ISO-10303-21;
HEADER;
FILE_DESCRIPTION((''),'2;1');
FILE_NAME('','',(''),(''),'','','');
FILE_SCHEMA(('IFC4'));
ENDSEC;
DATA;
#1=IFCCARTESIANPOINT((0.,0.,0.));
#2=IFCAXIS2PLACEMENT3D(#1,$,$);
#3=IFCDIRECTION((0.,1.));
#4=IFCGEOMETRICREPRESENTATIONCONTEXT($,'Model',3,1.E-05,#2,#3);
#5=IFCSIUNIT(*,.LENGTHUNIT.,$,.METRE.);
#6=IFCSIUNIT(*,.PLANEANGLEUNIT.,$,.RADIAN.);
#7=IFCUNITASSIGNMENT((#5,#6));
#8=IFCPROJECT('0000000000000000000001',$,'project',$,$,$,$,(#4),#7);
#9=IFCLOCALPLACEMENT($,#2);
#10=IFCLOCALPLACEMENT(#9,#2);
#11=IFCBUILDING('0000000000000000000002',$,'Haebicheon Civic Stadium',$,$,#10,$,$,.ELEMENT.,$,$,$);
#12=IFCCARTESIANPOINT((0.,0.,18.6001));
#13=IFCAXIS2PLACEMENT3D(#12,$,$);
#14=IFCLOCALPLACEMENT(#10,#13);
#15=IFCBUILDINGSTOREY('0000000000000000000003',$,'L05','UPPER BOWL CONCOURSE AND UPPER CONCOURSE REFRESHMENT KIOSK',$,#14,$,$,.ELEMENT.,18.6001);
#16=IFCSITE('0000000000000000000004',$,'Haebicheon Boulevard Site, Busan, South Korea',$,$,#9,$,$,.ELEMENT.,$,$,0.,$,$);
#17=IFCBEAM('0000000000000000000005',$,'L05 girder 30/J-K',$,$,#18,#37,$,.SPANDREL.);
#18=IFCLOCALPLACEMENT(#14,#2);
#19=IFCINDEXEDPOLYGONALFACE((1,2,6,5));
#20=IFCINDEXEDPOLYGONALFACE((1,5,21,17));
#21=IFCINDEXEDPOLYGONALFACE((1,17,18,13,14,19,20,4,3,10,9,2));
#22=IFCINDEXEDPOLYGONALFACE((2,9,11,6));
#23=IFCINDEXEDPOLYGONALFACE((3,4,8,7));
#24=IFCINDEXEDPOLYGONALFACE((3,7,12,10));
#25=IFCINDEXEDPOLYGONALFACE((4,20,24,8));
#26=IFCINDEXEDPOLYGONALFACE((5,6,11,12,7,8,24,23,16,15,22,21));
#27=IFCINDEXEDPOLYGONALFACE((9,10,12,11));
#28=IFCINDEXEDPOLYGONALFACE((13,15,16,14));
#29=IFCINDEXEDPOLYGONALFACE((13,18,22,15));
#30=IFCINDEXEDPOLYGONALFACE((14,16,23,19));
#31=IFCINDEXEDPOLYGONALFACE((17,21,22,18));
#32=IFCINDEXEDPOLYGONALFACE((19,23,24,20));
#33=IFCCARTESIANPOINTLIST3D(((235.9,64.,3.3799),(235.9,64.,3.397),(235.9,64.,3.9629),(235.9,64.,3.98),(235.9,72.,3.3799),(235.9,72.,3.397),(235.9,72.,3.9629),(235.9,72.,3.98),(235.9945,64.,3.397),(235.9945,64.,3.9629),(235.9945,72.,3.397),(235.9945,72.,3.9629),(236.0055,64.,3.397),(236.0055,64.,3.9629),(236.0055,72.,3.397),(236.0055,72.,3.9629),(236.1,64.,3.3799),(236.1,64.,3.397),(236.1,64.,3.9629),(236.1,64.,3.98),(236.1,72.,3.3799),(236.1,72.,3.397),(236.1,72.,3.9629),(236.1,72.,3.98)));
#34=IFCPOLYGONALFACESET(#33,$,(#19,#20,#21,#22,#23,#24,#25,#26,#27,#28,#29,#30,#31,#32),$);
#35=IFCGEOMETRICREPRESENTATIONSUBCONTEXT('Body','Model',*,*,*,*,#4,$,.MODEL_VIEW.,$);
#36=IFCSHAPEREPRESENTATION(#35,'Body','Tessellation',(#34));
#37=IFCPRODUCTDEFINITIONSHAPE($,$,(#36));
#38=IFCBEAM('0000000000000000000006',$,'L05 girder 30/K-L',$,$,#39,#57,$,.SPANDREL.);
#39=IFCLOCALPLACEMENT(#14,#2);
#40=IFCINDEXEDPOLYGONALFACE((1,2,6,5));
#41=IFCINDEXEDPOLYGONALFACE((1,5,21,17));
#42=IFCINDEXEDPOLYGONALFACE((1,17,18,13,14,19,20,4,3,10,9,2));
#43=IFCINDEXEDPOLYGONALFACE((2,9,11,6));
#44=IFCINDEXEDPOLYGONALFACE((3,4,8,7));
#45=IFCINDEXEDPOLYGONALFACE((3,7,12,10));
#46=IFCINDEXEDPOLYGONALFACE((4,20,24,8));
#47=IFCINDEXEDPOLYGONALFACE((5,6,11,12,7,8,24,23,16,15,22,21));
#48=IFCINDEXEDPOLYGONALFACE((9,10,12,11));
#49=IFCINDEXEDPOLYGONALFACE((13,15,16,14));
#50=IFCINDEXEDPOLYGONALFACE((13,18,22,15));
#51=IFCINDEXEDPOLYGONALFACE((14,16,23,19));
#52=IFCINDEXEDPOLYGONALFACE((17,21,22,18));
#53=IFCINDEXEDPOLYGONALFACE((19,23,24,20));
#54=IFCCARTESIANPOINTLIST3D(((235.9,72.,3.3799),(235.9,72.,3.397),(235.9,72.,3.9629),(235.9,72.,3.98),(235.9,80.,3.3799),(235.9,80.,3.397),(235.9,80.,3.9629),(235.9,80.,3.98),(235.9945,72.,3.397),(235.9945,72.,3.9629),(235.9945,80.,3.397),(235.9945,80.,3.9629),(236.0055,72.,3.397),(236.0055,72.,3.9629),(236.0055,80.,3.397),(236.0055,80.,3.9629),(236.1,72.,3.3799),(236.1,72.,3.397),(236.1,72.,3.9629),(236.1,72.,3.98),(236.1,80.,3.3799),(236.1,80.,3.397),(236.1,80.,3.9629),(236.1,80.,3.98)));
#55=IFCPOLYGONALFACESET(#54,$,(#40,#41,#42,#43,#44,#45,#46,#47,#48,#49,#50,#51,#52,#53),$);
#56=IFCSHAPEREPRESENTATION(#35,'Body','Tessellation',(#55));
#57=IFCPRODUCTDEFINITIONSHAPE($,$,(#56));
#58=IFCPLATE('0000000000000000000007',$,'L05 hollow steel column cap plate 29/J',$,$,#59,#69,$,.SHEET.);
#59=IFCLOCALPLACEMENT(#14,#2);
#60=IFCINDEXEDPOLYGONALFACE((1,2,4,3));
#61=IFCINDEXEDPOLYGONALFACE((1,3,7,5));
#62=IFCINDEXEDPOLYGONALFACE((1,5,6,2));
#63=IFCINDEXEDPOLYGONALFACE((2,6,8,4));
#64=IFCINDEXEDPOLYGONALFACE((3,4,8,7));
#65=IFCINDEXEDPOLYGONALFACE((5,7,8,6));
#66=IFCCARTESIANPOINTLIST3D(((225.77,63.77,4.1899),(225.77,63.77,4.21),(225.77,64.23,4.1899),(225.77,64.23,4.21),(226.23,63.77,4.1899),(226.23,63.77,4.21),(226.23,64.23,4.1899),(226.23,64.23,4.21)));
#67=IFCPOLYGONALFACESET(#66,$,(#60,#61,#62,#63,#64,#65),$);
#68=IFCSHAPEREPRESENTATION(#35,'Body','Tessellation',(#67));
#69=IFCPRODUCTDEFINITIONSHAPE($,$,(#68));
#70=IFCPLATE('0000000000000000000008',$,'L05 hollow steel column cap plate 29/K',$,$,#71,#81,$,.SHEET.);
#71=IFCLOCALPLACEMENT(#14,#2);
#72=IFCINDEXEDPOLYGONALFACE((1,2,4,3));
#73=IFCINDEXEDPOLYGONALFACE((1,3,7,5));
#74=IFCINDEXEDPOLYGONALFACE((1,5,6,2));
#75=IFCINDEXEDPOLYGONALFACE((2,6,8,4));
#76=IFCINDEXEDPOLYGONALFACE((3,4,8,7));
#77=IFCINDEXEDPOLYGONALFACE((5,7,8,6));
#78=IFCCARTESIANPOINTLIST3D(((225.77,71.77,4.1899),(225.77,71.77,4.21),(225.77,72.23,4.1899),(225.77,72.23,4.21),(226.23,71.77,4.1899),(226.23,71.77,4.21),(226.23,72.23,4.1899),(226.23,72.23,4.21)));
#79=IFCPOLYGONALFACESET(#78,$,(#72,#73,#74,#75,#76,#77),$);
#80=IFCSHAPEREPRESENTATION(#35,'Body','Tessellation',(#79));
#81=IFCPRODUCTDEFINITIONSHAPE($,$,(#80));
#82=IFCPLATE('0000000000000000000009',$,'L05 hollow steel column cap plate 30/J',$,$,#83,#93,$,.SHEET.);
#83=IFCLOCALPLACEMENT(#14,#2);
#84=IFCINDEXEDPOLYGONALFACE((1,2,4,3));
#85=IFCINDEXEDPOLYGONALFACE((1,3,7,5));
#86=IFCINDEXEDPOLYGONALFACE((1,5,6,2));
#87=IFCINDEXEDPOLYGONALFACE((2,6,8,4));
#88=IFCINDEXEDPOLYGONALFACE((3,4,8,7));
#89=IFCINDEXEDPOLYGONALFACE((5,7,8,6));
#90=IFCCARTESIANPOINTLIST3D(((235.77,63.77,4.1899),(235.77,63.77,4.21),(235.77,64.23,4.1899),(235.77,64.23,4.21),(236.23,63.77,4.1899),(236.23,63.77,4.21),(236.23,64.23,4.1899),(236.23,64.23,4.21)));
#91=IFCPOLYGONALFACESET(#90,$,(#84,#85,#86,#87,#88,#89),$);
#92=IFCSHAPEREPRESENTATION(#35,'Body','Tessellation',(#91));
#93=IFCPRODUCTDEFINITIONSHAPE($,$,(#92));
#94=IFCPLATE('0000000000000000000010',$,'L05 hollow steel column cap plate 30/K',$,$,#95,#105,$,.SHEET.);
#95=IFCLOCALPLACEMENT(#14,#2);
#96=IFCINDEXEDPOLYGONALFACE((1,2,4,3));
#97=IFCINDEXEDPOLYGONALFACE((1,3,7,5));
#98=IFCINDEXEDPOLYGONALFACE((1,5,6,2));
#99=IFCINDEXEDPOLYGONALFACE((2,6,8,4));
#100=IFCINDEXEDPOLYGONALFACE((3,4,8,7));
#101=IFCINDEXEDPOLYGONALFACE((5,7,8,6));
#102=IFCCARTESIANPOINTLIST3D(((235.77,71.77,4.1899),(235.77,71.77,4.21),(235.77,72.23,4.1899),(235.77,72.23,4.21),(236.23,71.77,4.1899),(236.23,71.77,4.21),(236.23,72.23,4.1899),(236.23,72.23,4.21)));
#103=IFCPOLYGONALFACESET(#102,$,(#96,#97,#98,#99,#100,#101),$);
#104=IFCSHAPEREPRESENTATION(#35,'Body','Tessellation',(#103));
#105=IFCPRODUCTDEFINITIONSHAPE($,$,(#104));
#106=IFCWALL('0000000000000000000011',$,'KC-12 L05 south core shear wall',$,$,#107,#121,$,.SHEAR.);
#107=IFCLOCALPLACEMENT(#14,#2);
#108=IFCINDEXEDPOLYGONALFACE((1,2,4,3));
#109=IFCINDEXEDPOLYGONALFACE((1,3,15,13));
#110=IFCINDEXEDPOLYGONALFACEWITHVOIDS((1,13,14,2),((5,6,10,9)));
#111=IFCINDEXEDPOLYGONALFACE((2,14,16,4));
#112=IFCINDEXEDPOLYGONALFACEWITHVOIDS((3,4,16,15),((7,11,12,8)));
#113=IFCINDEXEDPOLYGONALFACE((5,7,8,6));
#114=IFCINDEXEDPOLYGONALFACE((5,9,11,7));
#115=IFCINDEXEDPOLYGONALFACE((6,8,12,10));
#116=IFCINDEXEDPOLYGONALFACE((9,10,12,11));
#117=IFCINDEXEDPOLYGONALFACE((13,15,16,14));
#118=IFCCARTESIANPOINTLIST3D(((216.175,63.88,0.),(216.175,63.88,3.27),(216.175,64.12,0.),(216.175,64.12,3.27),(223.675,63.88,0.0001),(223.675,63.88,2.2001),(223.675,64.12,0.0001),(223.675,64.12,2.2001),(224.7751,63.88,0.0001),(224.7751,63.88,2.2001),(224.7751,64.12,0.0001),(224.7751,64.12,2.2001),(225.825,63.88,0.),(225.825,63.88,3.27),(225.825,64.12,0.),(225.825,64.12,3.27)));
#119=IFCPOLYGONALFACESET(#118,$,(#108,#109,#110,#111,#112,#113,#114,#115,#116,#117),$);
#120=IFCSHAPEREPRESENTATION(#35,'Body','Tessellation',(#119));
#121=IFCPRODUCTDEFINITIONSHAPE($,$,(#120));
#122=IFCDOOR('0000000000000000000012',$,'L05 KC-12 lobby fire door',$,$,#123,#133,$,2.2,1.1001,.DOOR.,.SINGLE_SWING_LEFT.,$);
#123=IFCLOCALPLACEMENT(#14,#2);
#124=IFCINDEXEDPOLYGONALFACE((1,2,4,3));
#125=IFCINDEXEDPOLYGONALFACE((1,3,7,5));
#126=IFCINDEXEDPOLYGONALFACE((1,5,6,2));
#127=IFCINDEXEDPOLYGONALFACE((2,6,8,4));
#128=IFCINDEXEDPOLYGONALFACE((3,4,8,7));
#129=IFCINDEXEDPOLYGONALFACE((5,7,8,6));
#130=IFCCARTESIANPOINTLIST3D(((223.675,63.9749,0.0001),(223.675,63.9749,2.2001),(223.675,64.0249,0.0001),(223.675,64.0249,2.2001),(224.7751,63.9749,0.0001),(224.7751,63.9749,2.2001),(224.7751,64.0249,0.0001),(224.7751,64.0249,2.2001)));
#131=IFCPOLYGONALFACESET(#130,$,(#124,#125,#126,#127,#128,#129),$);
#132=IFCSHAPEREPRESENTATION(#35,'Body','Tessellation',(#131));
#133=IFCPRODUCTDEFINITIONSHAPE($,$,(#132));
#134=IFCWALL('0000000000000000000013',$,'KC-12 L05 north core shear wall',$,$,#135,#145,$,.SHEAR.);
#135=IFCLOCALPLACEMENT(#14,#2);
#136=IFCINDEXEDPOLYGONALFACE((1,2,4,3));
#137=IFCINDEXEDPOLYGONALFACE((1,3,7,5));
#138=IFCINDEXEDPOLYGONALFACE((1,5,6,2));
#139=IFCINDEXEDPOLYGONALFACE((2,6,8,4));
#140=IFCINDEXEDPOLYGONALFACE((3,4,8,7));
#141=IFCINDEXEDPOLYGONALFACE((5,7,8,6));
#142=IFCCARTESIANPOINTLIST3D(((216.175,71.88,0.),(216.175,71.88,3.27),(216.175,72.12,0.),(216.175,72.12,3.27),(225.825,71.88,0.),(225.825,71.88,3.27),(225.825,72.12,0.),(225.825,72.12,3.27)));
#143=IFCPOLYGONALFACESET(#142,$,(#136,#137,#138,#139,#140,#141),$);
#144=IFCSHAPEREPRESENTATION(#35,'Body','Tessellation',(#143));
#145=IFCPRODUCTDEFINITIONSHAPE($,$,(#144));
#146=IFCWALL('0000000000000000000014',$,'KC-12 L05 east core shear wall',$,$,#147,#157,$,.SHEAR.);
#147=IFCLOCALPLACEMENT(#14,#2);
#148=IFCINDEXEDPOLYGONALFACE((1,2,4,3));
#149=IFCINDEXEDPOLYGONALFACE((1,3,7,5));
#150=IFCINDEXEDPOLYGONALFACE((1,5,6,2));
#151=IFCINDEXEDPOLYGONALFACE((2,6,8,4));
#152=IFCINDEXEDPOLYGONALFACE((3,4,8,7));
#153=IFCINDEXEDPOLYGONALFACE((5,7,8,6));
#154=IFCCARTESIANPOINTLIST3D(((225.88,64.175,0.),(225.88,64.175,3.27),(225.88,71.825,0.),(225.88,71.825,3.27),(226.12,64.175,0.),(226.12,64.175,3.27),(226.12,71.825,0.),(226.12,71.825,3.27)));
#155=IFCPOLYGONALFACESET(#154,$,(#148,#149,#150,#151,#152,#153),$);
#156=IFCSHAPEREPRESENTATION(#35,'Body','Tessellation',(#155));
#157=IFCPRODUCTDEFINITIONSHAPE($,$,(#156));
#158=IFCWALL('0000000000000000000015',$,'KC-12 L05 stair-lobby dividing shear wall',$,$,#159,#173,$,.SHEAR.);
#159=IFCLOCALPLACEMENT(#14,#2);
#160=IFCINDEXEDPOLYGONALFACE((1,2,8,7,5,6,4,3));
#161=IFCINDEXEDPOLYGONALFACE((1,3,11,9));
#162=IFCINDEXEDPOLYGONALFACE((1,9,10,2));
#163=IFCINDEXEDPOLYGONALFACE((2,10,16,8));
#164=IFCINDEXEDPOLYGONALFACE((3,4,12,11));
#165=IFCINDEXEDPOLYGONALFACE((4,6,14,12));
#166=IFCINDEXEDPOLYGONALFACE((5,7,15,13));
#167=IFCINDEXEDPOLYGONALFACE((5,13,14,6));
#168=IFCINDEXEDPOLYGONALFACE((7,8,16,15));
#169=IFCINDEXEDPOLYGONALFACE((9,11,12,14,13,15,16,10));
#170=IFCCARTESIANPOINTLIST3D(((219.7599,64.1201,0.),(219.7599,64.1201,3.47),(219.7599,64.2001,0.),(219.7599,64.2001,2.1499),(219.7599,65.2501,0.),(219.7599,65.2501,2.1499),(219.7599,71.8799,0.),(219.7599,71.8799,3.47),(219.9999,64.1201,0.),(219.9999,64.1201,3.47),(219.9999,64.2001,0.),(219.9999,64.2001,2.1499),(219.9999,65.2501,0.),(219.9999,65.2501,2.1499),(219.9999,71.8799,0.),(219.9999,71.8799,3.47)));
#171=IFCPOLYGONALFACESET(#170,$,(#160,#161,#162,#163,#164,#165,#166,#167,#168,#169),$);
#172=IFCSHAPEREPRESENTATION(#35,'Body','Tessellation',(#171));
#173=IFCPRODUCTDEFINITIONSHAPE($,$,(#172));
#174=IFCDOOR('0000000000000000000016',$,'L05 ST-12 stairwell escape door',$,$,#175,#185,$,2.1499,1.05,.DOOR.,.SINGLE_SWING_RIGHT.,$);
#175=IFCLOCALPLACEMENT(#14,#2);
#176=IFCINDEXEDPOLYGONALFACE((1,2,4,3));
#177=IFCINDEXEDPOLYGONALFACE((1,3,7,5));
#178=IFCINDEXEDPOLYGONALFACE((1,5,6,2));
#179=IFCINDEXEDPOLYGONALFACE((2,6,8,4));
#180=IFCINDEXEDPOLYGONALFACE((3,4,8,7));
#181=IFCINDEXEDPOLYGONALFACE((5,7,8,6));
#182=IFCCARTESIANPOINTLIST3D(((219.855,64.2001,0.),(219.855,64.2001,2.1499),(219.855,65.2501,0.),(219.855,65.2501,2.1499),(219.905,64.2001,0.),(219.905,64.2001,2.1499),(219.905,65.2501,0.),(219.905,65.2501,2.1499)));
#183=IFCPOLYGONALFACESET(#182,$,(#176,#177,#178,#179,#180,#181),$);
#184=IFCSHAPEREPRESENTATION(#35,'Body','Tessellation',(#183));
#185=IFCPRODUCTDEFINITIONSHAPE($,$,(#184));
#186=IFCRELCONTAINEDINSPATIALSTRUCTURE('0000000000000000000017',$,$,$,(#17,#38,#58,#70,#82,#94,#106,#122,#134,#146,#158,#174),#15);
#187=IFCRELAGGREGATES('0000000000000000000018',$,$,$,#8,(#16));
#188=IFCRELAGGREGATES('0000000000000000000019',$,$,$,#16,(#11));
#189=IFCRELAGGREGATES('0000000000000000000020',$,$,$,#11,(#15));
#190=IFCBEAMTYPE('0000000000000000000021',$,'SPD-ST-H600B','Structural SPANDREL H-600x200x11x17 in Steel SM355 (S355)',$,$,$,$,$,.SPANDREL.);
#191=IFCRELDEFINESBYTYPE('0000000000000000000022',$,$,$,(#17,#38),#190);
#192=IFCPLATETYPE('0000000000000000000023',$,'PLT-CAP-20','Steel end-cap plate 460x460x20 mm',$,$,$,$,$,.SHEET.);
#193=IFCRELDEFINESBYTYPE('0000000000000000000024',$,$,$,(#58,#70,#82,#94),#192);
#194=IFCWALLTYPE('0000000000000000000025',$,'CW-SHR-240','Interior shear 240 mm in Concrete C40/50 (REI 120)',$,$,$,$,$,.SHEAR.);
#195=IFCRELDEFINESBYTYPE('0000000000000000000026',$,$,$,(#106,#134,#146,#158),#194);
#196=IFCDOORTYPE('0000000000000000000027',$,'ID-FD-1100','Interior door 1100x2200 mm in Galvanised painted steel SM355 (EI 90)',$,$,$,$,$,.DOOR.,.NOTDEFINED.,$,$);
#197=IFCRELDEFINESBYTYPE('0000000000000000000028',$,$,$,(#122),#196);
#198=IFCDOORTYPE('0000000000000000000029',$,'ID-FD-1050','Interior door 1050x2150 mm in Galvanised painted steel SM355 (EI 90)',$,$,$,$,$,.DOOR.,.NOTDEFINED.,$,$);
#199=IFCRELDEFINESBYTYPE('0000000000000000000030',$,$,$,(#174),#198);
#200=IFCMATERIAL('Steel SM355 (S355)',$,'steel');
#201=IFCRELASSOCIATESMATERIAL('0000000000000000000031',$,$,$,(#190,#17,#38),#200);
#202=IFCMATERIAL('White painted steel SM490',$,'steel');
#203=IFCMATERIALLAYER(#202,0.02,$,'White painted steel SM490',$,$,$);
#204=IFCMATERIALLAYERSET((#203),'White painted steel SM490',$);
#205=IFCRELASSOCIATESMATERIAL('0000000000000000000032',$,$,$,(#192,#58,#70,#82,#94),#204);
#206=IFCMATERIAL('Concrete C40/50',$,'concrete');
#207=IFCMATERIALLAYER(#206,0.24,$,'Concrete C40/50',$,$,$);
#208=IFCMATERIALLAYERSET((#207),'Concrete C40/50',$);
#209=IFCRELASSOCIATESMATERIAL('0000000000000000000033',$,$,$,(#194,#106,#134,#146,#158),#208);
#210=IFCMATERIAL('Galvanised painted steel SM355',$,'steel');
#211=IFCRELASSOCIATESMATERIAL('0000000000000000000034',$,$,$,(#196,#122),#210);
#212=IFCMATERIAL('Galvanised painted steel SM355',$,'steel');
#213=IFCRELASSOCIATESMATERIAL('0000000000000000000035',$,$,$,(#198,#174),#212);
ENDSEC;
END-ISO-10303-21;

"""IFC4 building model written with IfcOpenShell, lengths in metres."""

from ifc_helpers import new_model, si_unit, direction, frame, frame_2d, origin, origin_2d, place, context, subcontext, project, spatial, rectangle, i_section, extrude, material, layer, layer_set, material_profile, profile_set, type_object, element, fill, save


model = new_model("IFC4")

# Units and contexts
model_context = context("Model", 3, precision=1e-05, world=origin(), true_north=direction((0.0, 1.0)))
body_context = subcontext(model_context, "Body", "Model", "MODEL_VIEW")
ifc_project = project(units=[si_unit("LENGTHUNIT", "METRE"), si_unit("PLANEANGLEUNIT", "RADIAN")], contexts=[model_context])

# Site, building, storey
site_placement = place(None, origin())
site = spatial("IfcSite", under=ifc_project, at=site_placement, Name="Haebicheon Boulevard Site, Busan, South Korea", CompositionType="ELEMENT", RefElevation=0.0)
building_placement = place(site_placement, origin())
building = spatial("IfcBuilding", under=site, at=building_placement, Name="Haebicheon Civic Stadium", CompositionType="ELEMENT")
storey_placement = place(building_placement, frame((0.0, 0.0, 18.6001)))
storey = spatial("IfcBuildingStorey", under=building, at=storey_placement, Name="L05", Description="UPPER BOWL CONCOURSE AND UPPER CONCOURSE REFRESHMENT KIOSK", CompositionType="ELEMENT", Elevation=18.6001)

# Beams
ifc_material_1 = material(Name="Steel SM355 (S355)", Category="steel")
ifc_material_profile_1 = material_profile(ifc_material_1, i_section(OverallWidth=0.2, OverallDepth=0.6001, WebThickness=0.011, FlangeThickness=0.0171, at=origin_2d()), Name="H-600x200x11x17")
ifc_profile_set_1 = profile_set([ifc_material_profile_1], Name="Steel SM355 (S355)")
beam_type_1 = type_object("IfcBeamType", Name="SPD-ST-H600B", Description="Structural SPANDREL H-600x200x11x17 in Steel SM355 (S355)", PredefinedType="SPANDREL", material=ifc_profile_set_1)
for number, where, z_axis, x_axis, name in (
    (1, (236.0, 64.0, 3.6799), (0.0, 1.0, 0.0), (-1.0, 0.0, 0.0), "L05 girder 30/J-K"),
    (2, (236.0, 72.0, 3.6799), (0.0, 1.0, 0.0), (-1.0, 0.0, 0.0), "L05 girder 30/K-L"),
):
    element("IfcBeam", number, at=place(storey_placement, frame(where, z_axis=z_axis, x_axis=x_axis)), inside=storey, type_object=beam_type_1, material=ifc_profile_set_1, Name=name, PredefinedType="SPANDREL", context=body_context, shape_type="SweptSolid", body=[
        extrude(i_section(OverallWidth=0.2, OverallDepth=0.6001, WebThickness=0.011, FlangeThickness=0.0171, at=origin_2d()), origin(), (0.0, 0.0, 1.0), 8.0),
    ])

# Plates
ifc_material_2 = material(Name="White painted steel SM490", Category="steel")
ifc_layer_1 = layer(ifc_material_2, 0.02, Name="White painted steel SM490")
ifc_layer_set_1 = layer_set([ifc_layer_1], Name="White painted steel SM490")
plate_type = type_object("IfcPlateType", Name="PLT-CAP-20", Description="Steel end-cap plate 460x460x20 mm", PredefinedType="SHEET", material=ifc_layer_set_1)
for number, where, z_axis, x_axis, name in (
    (3, (226.0, 64.0, 4.1899), (0.0, 0.0, 1.0), (1.0, 0.0, 0.0), "L05 hollow steel column cap plate 29/J"),
    (4, (226.0, 72.0, 4.1899), (0.0, 0.0, 1.0), (1.0, 0.0, 0.0), "L05 hollow steel column cap plate 29/K"),
    (5, (236.0, 64.0, 4.1899), (0.0, 0.0, 1.0), (1.0, 0.0, 0.0), "L05 hollow steel column cap plate 30/J"),
    (6, (236.0, 72.0, 4.1899), (0.0, 0.0, 1.0), (1.0, 0.0, 0.0), "L05 hollow steel column cap plate 30/K"),
):
    element("IfcPlate", number, at=place(storey_placement, frame(where, z_axis=z_axis, x_axis=x_axis)), inside=storey, type_object=plate_type, material=ifc_layer_set_1, Name=name, PredefinedType="SHEET", context=body_context, shape_type="SweptSolid", body=[
        extrude(rectangle(XDim=0.46, YDim=0.46, at=origin_2d()), origin(), (0.0, 0.0, 1.0), 0.02),
    ])

# Wall, opening, door
ifc_material_3 = material(Name="Concrete C40/50", Category="concrete")
ifc_layer_2 = layer(ifc_material_3, 0.24, Name="Concrete C40/50")
ifc_layer_set_2 = layer_set([ifc_layer_2], Name="Concrete C40/50")
wall_type_1 = type_object("IfcWallType", Name="CW-SHR-240", Description="Interior shear 240 mm in Concrete C40/50 (REI 120)", PredefinedType="SHEAR", material=ifc_layer_set_2)
wall_1_placement = place(storey_placement, frame((216.175, 64.0, 0.0), z_axis=(0.0, 0.0, 1.0), x_axis=(1.0, 0.0, 0.0)))
wall_1 = element("IfcWall", 7, at=wall_1_placement, inside=storey, type_object=wall_type_1, material=ifc_layer_set_2, Name="KC-12 L05 south core shear wall", PredefinedType="SHEAR", context=body_context, shape_type="SweptSolid", body=[
    extrude(rectangle(XDim=9.6499, YDim=0.24, at=frame_2d((4.825, 0.0))), origin(), (0.0, 0.0, 1.0), 3.27),
])
opening_1_placement = place(wall_1_placement, frame((7.5, 0.0, 0.0)))
opening_1 = element("IfcOpeningElement", 8, at=opening_1_placement, cuts=wall_1, PredefinedType="OPENING", context=body_context, shape_type="SweptSolid", body=[
    extrude(rectangle(XDim=1.1001, YDim=2.2, at=frame_2d((0.55, 1.1001))), frame((0.0, 0.1299, 0.0), z_axis=(0.0, -1.0, 0.0), x_axis=(1.0, 0.0, 0.0)), (0.0, 0.0, 1.0), 0.26),
])
ifc_material_4 = material(Name="Galvanised painted steel SM355", Category="steel")
door_type_1 = type_object("IfcDoorType", Name="ID-FD-1100", Description="Interior door 1100x2200 mm in Galvanised painted steel SM355 (EI 90)", OperationType="NOTDEFINED", PredefinedType="DOOR", material=ifc_material_4)
door_1_placement = place(opening_1_placement, origin())
door_1 = element("IfcDoor", 9, at=door_1_placement, inside=storey, type_object=door_type_1, material=ifc_material_4, Name="L05 KC-12 lobby fire door", OperationType="SINGLE_SWING_LEFT", OverallHeight=2.2, OverallWidth=1.1001, PredefinedType="DOOR", context=body_context, shape_type="SweptSolid", body=[
    extrude(rectangle(XDim=1.1001, YDim=2.2, at=frame_2d((0.55, 1.1001))), frame((0.0, 0.0249, 0.0), z_axis=(0.0, -1.0, 0.0), x_axis=(1.0, 0.0, 0.0)), (0.0, 0.0, 1.0), 0.05),
])
fill(opening_1, door_1)

# Walls
wall_2_placement = place(storey_placement, frame((216.175, 72.0, 0.0), z_axis=(0.0, 0.0, 1.0), x_axis=(1.0, 0.0, 0.0)))
element("IfcWall", 10, at=wall_2_placement, inside=storey, type_object=wall_type_1, material=ifc_layer_set_2, Name="KC-12 L05 north core shear wall", PredefinedType="SHEAR", context=body_context, shape_type="SweptSolid", body=[
    extrude(rectangle(XDim=9.6499, YDim=0.24, at=frame_2d((4.825, 0.0))), origin(), (0.0, 0.0, 1.0), 3.27),
])
wall_3_placement = place(storey_placement, frame((226.0, 64.175, 0.0), z_axis=(0.0, 0.0, 1.0), x_axis=(0.0, 1.0, 0.0)))
element("IfcWall", 11, at=wall_3_placement, inside=storey, type_object=wall_type_1, material=ifc_layer_set_2, Name="KC-12 L05 east core shear wall", PredefinedType="SHEAR", context=body_context, shape_type="SweptSolid", body=[
    extrude(rectangle(XDim=7.6499, YDim=0.24, at=frame_2d((3.825, 0.0))), origin(), (0.0, 0.0, 1.0), 3.27),
])

# Wall, opening, door
wall_4_placement = place(storey_placement, frame((219.8799, 64.1201, 0.0), z_axis=(0.0, 0.0, 1.0), x_axis=(0.0, 1.0, 0.0)))
wall_4 = element("IfcWall", 12, at=wall_4_placement, inside=storey, type_object=wall_type_1, material=ifc_layer_set_2, Name="KC-12 L05 stair-lobby dividing shear wall", PredefinedType="SHEAR", context=body_context, shape_type="SweptSolid", body=[
    extrude(rectangle(XDim=7.7598, YDim=0.24, at=frame_2d((3.8799, 0.0))), origin(), (0.0, 0.0, 1.0), 3.47),
])
opening_2_placement = place(wall_4_placement, frame((0.0801, 0.0, 0.0)))
opening_2 = element("IfcOpeningElement", 13, at=opening_2_placement, cuts=wall_4, PredefinedType="OPENING", context=body_context, shape_type="SweptSolid", body=[
    extrude(rectangle(XDim=1.05, YDim=2.1499, at=frame_2d((0.5249, 1.075))), frame((0.0, 0.1299, 0.0), z_axis=(0.0, -1.0, 0.0), x_axis=(1.0, 0.0, 0.0)), (0.0, 0.0, 1.0), 0.26),
])
ifc_material_5 = material(Name="Galvanised painted steel SM355", Category="steel")
door_type_2 = type_object("IfcDoorType", Name="ID-FD-1050", Description="Interior door 1050x2150 mm in Galvanised painted steel SM355 (EI 90)", OperationType="NOTDEFINED", PredefinedType="DOOR", material=ifc_material_5)
door_2_placement = place(opening_2_placement, origin())
door_2 = element("IfcDoor", 14, at=door_2_placement, inside=storey, type_object=door_type_2, material=ifc_material_5, Name="L05 ST-12 stairwell escape door", OperationType="SINGLE_SWING_RIGHT", OverallHeight=2.1499, OverallWidth=1.05, PredefinedType="DOOR", context=body_context, shape_type="SweptSolid", body=[
    extrude(rectangle(XDim=1.05, YDim=2.1499, at=frame_2d((0.5249, 1.075))), frame((0.0, 0.0249, 0.0), z_axis=(0.0, -1.0, 0.0), x_axis=(1.0, 0.0, 0.0)), (0.0, 0.0, 1.0), 0.05),
])
fill(opening_2, door_2)

save(model, "model.ifc")
